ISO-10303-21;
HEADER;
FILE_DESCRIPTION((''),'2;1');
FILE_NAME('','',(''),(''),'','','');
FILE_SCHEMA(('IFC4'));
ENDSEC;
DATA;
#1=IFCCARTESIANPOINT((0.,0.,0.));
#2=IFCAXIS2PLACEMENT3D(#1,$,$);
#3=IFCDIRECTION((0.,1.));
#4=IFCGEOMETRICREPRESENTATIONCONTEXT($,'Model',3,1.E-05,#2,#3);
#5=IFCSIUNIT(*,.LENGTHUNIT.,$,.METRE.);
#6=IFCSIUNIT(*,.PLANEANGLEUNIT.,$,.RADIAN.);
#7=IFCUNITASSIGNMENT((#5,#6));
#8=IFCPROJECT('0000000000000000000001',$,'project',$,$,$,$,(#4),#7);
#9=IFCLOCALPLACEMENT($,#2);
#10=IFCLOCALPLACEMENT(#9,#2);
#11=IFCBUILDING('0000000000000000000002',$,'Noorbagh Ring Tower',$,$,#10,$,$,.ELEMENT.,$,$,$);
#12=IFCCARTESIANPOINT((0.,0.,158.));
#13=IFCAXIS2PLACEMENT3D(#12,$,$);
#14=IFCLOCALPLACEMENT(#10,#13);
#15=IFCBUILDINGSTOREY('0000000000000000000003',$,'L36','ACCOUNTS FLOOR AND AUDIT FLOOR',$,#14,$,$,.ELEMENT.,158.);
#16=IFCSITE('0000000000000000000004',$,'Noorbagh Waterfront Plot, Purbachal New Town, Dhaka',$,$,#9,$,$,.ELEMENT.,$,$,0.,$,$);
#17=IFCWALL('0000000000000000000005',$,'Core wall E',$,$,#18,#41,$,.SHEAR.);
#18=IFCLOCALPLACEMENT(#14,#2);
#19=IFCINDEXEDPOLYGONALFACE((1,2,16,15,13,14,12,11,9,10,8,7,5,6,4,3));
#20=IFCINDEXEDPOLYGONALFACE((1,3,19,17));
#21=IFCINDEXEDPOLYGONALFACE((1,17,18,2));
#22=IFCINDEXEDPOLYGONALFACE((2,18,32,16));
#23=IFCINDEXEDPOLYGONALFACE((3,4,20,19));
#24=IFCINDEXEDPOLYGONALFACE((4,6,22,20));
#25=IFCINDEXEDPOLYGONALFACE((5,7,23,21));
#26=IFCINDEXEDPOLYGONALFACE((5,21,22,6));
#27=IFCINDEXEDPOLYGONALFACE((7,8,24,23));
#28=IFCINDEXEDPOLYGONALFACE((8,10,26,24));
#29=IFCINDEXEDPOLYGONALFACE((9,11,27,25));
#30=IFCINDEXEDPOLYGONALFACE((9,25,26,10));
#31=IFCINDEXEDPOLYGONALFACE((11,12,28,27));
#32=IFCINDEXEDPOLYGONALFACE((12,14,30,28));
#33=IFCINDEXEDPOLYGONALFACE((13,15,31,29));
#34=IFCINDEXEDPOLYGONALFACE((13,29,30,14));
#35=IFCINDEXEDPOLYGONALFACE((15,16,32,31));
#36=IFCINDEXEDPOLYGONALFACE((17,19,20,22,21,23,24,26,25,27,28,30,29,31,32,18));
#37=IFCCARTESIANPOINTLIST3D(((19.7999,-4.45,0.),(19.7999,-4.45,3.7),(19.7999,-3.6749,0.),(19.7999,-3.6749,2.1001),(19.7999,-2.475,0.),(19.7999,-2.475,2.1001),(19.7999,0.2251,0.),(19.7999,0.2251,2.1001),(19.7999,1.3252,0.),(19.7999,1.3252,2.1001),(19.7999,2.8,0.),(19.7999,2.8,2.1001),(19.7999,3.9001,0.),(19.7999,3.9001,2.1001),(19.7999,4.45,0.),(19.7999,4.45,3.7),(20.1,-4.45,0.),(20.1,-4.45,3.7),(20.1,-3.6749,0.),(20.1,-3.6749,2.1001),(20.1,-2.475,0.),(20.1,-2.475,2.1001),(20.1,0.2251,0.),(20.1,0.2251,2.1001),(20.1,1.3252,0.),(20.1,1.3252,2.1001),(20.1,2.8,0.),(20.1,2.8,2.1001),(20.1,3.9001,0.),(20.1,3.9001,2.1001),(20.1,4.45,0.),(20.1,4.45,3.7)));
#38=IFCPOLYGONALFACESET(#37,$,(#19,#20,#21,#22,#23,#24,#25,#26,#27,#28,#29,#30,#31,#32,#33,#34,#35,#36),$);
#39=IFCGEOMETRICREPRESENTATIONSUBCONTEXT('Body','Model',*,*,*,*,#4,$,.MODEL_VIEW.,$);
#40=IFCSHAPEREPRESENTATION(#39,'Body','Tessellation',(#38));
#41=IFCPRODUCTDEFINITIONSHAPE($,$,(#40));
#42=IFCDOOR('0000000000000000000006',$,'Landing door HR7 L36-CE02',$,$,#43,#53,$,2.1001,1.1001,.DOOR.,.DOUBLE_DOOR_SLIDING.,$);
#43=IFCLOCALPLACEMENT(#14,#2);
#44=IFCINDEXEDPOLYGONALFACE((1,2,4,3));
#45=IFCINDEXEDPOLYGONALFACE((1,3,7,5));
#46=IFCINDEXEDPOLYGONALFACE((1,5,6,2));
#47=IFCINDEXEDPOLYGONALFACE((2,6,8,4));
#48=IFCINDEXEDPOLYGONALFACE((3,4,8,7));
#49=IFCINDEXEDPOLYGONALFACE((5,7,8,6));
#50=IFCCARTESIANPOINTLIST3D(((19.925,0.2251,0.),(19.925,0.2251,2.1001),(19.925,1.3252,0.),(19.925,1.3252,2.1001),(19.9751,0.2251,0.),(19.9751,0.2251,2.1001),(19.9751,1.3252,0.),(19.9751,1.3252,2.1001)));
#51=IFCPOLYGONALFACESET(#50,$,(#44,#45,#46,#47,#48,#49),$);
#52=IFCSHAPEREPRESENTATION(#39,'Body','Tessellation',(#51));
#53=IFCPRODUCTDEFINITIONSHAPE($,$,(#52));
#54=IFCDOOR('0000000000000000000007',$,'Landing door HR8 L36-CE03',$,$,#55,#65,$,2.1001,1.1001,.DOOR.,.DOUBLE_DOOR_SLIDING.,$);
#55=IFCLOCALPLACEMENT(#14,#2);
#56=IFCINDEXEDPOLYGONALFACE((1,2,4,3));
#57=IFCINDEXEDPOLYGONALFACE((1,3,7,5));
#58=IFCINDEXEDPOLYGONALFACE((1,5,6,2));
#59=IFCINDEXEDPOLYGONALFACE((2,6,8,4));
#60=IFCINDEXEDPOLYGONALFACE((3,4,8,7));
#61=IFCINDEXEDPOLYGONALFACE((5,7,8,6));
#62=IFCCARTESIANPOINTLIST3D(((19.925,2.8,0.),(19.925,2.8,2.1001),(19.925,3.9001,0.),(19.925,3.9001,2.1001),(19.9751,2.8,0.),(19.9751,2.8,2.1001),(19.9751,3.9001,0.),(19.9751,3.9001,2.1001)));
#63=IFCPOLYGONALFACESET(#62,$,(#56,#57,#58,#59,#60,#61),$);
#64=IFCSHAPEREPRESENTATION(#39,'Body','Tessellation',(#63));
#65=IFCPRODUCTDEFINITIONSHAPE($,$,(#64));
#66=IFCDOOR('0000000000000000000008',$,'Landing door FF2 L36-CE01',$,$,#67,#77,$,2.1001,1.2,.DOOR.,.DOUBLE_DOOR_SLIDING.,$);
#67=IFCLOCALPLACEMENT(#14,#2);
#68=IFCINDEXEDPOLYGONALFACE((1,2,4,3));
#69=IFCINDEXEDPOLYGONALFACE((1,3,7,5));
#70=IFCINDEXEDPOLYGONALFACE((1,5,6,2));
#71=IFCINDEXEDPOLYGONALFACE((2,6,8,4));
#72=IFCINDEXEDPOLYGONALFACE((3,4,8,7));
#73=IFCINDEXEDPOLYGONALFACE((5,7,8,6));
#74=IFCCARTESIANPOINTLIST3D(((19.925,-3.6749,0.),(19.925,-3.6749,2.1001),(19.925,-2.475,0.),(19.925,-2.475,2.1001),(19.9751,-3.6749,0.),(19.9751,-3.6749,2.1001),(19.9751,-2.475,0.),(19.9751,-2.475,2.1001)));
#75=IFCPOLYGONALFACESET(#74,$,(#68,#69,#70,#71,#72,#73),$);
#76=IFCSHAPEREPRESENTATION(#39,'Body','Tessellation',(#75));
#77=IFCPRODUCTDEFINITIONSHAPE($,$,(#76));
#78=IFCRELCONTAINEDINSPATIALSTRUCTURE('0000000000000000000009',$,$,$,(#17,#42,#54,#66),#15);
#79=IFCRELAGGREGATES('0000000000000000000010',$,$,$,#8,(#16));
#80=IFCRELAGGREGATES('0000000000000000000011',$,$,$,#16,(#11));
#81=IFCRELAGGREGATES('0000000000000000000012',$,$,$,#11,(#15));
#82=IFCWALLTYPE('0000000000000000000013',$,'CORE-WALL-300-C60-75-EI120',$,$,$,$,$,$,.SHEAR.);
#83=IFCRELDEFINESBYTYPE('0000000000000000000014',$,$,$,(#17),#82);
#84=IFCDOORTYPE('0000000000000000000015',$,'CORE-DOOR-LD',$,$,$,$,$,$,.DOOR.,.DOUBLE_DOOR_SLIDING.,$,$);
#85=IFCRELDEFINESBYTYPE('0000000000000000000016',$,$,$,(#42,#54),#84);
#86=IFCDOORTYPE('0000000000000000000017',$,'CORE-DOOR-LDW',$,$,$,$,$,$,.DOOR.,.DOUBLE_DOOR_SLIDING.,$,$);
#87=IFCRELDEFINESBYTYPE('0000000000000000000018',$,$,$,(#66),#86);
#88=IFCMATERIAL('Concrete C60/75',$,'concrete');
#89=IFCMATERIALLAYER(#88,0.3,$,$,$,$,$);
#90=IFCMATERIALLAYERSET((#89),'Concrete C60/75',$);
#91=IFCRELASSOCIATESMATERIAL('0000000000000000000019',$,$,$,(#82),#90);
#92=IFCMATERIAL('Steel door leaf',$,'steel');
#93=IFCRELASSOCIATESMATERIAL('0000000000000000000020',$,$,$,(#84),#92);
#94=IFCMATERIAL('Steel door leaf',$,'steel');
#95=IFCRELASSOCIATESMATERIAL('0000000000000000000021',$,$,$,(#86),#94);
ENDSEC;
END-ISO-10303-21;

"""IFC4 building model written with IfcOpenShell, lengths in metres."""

from ifc_helpers import new_model, si_unit, direction, frame, frame_2d, origin, place, context, subcontext, project, spatial, rectangle, extrude, material, layer, layer_set, type_object, element, fill, save


model = new_model("IFC4")

# Units and contexts
model_context = context("Model", 3, precision=1e-05, world=origin(), true_north=direction((0.0, 1.0)))
body_context = subcontext(model_context, "Body", "Model", "MODEL_VIEW")
ifc_project = project(units=[si_unit("LENGTHUNIT", "METRE"), si_unit("PLANEANGLEUNIT", "RADIAN")], contexts=[model_context])

# Site, building, storey
site_placement = place(None, origin())
site = spatial("IfcSite", under=ifc_project, at=site_placement, Name="Noorbagh Waterfront Plot, Purbachal New Town, Dhaka", CompositionType="ELEMENT", RefElevation=0.0)
building_placement = place(site_placement, origin())
building = spatial("IfcBuilding", under=site, at=building_placement, Name="Noorbagh Ring Tower", CompositionType="ELEMENT")
storey_placement = place(building_placement, frame((0.0, 0.0, 158.0)))
storey = spatial("IfcBuildingStorey", under=building, at=storey_placement, Name="L36", Description="ACCOUNTS FLOOR AND AUDIT FLOOR", CompositionType="ELEMENT", Elevation=158.0)

# Shared definitions
ifc_material_1 = material(Name="Concrete C60/75", Category="concrete")
ifc_layer_1 = layer(ifc_material_1, 0.3)
ifc_layer_set_1 = layer_set([ifc_layer_1], Name="Concrete C60/75")
wall_type_1 = type_object("IfcWallType", Name="CORE-WALL-300-C60-75-EI120", PredefinedType="SHEAR", material=ifc_layer_set_1)

# Wall, openings, doors
wall_1_placement = place(storey_placement, frame((19.95, -4.45, 0.0), z_axis=(0.0, 0.0, 1.0), x_axis=(0.0, 1.0, 0.0)))
wall_1 = element("IfcWall", 1, at=wall_1_placement, inside=storey, type_object=wall_type_1, Name="Core wall E", PredefinedType="SHEAR", context=body_context, shape_type="SweptSolid", body=[
    extrude(rectangle(XDim=8.8999, YDim=0.3, at=frame_2d((4.45, 0.0))), origin(), (0.0, 0.0, 1.0), 3.7),
])
opening_1_placement = place(wall_1_placement, frame((0.7749, 0.0, 0.0)))
opening_1 = element("IfcOpeningElement", 2, at=opening_1_placement, cuts=wall_1, PredefinedType="OPENING", context=body_context, shape_type="SweptSolid", body=[
    extrude(rectangle(XDim=1.2, YDim=2.1001, at=frame_2d((0.6001, 1.05))), frame((0.0, 0.1602, 0.0), z_axis=(0.0, -1.0, 0.0), x_axis=(1.0, 0.0, 0.0)), (0.0, 0.0, 1.0), 0.3201),
])
opening_2_placement = place(wall_1_placement, frame((4.675, 0.0, 0.0)))
opening_2 = element("IfcOpeningElement", 3, at=opening_2_placement, cuts=wall_1, PredefinedType="OPENING", context=body_context, shape_type="SweptSolid", body=[
    extrude(rectangle(XDim=1.1001, YDim=2.1001, at=frame_2d((0.55, 1.05))), frame((0.0, 0.1602, 0.0), z_axis=(0.0, -1.0, 0.0), x_axis=(1.0, 0.0, 0.0)), (0.0, 0.0, 1.0), 0.3201),
])
opening_3_placement = place(wall_1_placement, frame((7.25, 0.0, 0.0)))
opening_3 = element("IfcOpeningElement", 4, at=opening_3_placement, cuts=wall_1, PredefinedType="OPENING", context=body_context, shape_type="SweptSolid", body=[
    extrude(rectangle(XDim=1.1001, YDim=2.1001, at=frame_2d((0.55, 1.05))), frame((0.0, 0.1602, 0.0), z_axis=(0.0, -1.0, 0.0), x_axis=(1.0, 0.0, 0.0)), (0.0, 0.0, 1.0), 0.3201),
])
ifc_material_2 = material(Name="Steel door leaf", Category="steel")
door_type_1 = type_object("IfcDoorType", Name="CORE-DOOR-LD", OperationType="DOUBLE_DOOR_SLIDING", PredefinedType="DOOR", material=ifc_material_2)
door_1_placement = place(opening_2_placement, origin())
door_1 = element("IfcDoor", 5, at=door_1_placement, inside=storey, type_object=door_type_1, Name="Landing door HR7 L36-CE02", OperationType="DOUBLE_DOOR_SLIDING", OverallHeight=2.1001, OverallWidth=1.1001, PredefinedType="DOOR", context=body_context, shape_type="SweptSolid", body=[
    extrude(rectangle(XDim=1.1001, YDim=2.1001, at=frame_2d((0.55, 1.05))), frame((0.0, 0.0249, 0.0), z_axis=(0.0, -1.0, 0.0), x_axis=(1.0, 0.0, 0.0)), (0.0, 0.0, 1.0), 0.05),
])
fill(opening_2, door_1)
door_2_placement = place(opening_3_placement, origin())
door_2 = element("IfcDoor", 6, at=door_2_placement, inside=storey, type_object=door_type_1, Name="Landing door HR8 L36-CE03", OperationType="DOUBLE_DOOR_SLIDING", OverallHeight=2.1001, OverallWidth=1.1001, PredefinedType="DOOR", context=body_context, shape_type="SweptSolid", body=[
    extrude(rectangle(XDim=1.1001, YDim=2.1001, at=frame_2d((0.55, 1.05))), frame((0.0, 0.0249, 0.0), z_axis=(0.0, -1.0, 0.0), x_axis=(1.0, 0.0, 0.0)), (0.0, 0.0, 1.0), 0.05),
])
fill(opening_3, door_2)
ifc_material_3 = material(Name="Steel door leaf", Category="steel")
door_type_2 = type_object("IfcDoorType", Name="CORE-DOOR-LDW", OperationType="DOUBLE_DOOR_SLIDING", PredefinedType="DOOR", material=ifc_material_3)
door_3_placement = place(opening_1_placement, origin())
door_3 = element("IfcDoor", 7, at=door_3_placement, inside=storey, type_object=door_type_2, Name="Landing door FF2 L36-CE01", OperationType="DOUBLE_DOOR_SLIDING", OverallHeight=2.1001, OverallWidth=1.2, PredefinedType="DOOR", context=body_context, shape_type="SweptSolid", body=[
    extrude(rectangle(XDim=1.2, YDim=2.1001, at=frame_2d((0.6001, 1.05))), frame((0.0, 0.0249, 0.0), z_axis=(0.0, -1.0, 0.0), x_axis=(1.0, 0.0, 0.0)), (0.0, 0.0, 1.0), 0.05),
])
fill(opening_1, door_3)

save(model, "model.ifc")
